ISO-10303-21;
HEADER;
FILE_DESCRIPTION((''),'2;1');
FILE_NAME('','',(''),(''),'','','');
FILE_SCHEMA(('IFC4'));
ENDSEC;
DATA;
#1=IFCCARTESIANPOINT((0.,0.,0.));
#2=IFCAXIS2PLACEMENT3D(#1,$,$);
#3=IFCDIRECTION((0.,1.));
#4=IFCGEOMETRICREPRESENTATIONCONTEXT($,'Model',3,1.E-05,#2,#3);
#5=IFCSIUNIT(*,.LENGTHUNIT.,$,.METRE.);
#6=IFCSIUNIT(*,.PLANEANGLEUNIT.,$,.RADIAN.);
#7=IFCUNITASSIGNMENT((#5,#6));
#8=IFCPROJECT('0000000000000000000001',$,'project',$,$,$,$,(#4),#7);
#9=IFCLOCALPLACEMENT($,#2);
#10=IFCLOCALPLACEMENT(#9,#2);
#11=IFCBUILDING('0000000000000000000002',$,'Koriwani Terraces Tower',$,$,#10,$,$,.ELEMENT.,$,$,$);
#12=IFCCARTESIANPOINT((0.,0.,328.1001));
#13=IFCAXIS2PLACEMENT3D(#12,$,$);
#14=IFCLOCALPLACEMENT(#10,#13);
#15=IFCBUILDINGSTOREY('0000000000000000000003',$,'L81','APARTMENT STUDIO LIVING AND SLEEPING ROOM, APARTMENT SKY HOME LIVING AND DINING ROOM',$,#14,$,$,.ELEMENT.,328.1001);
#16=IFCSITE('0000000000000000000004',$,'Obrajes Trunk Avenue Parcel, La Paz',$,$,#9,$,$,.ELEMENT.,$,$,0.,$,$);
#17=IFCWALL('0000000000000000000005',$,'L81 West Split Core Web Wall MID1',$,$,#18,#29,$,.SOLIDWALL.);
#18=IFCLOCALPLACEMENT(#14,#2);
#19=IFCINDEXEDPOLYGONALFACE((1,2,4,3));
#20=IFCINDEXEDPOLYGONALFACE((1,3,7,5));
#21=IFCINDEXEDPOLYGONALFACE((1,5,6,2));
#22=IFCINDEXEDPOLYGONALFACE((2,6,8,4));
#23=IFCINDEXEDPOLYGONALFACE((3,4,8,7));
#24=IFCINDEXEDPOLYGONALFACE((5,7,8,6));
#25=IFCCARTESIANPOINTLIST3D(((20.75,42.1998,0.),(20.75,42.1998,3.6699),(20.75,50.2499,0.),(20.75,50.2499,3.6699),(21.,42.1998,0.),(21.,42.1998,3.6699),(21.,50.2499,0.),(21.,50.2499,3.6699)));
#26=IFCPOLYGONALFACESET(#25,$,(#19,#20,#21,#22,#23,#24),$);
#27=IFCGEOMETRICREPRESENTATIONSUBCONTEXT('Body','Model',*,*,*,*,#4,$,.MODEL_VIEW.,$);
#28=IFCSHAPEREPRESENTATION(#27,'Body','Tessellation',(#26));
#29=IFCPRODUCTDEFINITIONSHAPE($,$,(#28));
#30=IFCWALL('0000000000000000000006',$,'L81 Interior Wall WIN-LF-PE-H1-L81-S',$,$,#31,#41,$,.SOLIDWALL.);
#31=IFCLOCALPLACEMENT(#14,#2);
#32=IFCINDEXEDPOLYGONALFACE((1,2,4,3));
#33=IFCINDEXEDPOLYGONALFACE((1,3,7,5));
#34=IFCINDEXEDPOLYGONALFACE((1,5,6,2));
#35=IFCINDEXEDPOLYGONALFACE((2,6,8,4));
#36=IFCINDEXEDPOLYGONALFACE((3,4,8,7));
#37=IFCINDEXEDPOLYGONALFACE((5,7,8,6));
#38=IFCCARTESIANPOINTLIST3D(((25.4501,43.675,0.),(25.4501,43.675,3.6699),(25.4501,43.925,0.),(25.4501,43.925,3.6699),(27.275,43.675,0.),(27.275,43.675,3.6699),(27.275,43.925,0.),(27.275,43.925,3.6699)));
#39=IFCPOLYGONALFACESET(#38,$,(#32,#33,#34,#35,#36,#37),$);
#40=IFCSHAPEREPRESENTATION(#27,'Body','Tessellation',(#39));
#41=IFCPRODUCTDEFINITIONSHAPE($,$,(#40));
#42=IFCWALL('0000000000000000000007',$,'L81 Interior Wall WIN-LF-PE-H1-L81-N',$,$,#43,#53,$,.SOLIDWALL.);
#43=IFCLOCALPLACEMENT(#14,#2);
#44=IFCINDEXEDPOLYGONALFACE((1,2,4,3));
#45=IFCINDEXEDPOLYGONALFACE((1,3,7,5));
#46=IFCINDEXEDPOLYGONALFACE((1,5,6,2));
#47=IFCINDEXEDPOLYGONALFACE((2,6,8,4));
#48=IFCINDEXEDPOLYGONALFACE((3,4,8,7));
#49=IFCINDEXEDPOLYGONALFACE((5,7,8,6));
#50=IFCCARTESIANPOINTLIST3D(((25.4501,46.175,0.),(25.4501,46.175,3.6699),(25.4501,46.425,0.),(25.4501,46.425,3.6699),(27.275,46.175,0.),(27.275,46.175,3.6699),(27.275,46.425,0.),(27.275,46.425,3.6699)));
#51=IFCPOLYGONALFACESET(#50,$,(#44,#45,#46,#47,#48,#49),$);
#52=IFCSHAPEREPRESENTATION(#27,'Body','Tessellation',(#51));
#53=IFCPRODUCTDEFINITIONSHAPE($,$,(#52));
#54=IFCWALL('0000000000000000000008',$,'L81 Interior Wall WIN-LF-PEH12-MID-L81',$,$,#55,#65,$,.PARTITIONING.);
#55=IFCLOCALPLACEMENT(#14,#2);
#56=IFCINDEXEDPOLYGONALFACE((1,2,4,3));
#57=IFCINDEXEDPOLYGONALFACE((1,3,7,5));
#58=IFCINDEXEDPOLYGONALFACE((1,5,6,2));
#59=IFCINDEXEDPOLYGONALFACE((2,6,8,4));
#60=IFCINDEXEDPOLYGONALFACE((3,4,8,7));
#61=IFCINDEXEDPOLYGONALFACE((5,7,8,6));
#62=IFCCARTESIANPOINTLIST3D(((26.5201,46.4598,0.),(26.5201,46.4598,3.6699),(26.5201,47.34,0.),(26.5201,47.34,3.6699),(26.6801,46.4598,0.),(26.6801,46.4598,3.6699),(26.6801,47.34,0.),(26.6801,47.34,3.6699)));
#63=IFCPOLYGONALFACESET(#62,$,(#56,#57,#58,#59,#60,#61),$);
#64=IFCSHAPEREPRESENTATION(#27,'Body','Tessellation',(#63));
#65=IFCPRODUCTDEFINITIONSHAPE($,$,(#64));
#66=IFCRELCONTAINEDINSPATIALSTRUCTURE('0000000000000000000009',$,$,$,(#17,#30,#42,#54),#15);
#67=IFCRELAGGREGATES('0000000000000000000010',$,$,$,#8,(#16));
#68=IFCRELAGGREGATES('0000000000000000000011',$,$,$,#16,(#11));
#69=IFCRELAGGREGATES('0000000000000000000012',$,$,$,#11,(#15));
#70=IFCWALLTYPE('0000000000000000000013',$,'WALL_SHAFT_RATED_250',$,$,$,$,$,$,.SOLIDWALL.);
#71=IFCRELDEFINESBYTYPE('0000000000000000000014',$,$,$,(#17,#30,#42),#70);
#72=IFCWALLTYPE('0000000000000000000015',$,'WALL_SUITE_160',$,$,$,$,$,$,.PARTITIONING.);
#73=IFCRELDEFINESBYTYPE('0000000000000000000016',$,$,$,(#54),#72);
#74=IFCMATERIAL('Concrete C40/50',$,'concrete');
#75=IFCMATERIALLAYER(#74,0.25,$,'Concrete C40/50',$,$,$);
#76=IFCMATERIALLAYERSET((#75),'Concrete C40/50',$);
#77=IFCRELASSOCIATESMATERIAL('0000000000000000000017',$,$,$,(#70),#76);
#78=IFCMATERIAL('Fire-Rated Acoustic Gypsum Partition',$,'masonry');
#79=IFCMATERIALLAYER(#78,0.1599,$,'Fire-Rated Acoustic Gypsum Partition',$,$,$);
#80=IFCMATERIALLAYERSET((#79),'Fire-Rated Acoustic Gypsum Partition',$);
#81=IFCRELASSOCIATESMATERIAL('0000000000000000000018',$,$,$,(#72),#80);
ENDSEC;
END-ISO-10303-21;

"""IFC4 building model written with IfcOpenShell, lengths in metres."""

from ifc_helpers import new_model, si_unit, direction, frame, frame_2d, origin, place, context, subcontext, project, spatial, rectangle, extrude, material, layer, layer_set, type_object, element, save


model = new_model("IFC4")

# Units and contexts
model_context = context("Model", 3, precision=1e-05, world=origin(), true_north=direction((0.0, 1.0)))
body_context = subcontext(model_context, "Body", "Model", "MODEL_VIEW")
ifc_project = project(units=[si_unit("LENGTHUNIT", "METRE"), si_unit("PLANEANGLEUNIT", "RADIAN")], contexts=[model_context])

# Site, building, storey
site_placement = place(None, origin())
site = spatial("IfcSite", under=ifc_project, at=site_placement, Name="Obrajes Trunk Avenue Parcel, La Paz", CompositionType="ELEMENT", RefElevation=0.0)
building_placement = place(site_placement, origin())
building = spatial("IfcBuilding", under=site, at=building_placement, Name="Koriwani Terraces Tower", CompositionType="ELEMENT")
storey_placement = place(building_placement, frame((0.0, 0.0, 328.1001)))
storey = spatial("IfcBuildingStorey", under=building, at=storey_placement, Name="L81", Description="APARTMENT STUDIO LIVING AND SLEEPING ROOM, APARTMENT SKY HOME LIVING AND DINING ROOM", CompositionType="ELEMENT", Elevation=328.1001)

# Shared definitions
ifc_material_1 = material(Name="Concrete C40/50", Category="concrete")

# Shared definitions
ifc_material_2 = material(Name="Fire-Rated Acoustic Gypsum Partition", Category="masonry")

# Wall
ifc_layer_1 = layer(ifc_material_1, 0.25, Name="Concrete C40/50")
ifc_layer_set_1 = layer_set([ifc_layer_1], Name="Concrete C40/50")
wall_type_1 = type_object("IfcWallType", Name="WALL_SHAFT_RATED_250", PredefinedType="SOLIDWALL", material=ifc_layer_set_1)
wall_1_placement = place(storey_placement, frame((20.875, 42.2, 0.0), z_axis=(0.0, 0.0, 1.0), x_axis=(0.0, 1.0, 0.0)))
element("IfcWall", 1, at=wall_1_placement, inside=storey, type_object=wall_type_1, Name="L81 West Split Core Web Wall MID1", PredefinedType="SOLIDWALL", context=body_context, shape_type="SweptSolid", body=[
    extrude(rectangle(XDim=8.05, YDim=0.25, at=frame_2d((4.0249, 0.0))), origin(), (0.0, 0.0, 1.0), 3.6699),
])

# Walls
for number, where, z_axis, x_axis, name in (
    (2, (25.45, 43.8, 0.0), (0.0, 0.0, 1.0), (1.0, 0.0, 0.0), "L81 Interior Wall WIN-LF-PE-H1-L81-S"),
    (3, (25.45, 46.3, 0.0), (0.0, 0.0, 1.0), (1.0, 0.0, 0.0), "L81 Interior Wall WIN-LF-PE-H1-L81-N"),
):
    element("IfcWall", number, at=place(storey_placement, frame(where, z_axis=z_axis, x_axis=x_axis)), inside=storey, type_object=wall_type_1, Name=name, PredefinedType="SOLIDWALL", context=body_context, shape_type="SweptSolid", body=[
        extrude(rectangle(XDim=1.825, YDim=0.25, at=frame_2d((0.9126, 0.0))), origin(), (0.0, 0.0, 1.0), 3.6699),
    ])

# Wall
ifc_layer_2 = layer(ifc_material_2, 0.1599, Name="Fire-Rated Acoustic Gypsum Partition")
ifc_layer_set_2 = layer_set([ifc_layer_2], Name="Fire-Rated Acoustic Gypsum Partition")
wall_type_2 = type_object("IfcWallType", Name="WALL_SUITE_160", PredefinedType="PARTITIONING", material=ifc_layer_set_2)
wall_2_placement = place(storey_placement, frame((26.6001, 46.46, 0.0), z_axis=(0.0, 0.0, 1.0), x_axis=(0.0, 1.0, 0.0)))
element("IfcWall", 4, at=wall_2_placement, inside=storey, type_object=wall_type_2, Name="L81 Interior Wall WIN-LF-PEH12-MID-L81", PredefinedType="PARTITIONING", context=body_context, shape_type="SweptSolid", body=[
    extrude(rectangle(XDim=0.8801, YDim=0.1599, at=frame_2d((0.4399, 0.0))), origin(), (0.0, 0.0, 1.0), 3.6699),
])

save(model, "model.ifc")
